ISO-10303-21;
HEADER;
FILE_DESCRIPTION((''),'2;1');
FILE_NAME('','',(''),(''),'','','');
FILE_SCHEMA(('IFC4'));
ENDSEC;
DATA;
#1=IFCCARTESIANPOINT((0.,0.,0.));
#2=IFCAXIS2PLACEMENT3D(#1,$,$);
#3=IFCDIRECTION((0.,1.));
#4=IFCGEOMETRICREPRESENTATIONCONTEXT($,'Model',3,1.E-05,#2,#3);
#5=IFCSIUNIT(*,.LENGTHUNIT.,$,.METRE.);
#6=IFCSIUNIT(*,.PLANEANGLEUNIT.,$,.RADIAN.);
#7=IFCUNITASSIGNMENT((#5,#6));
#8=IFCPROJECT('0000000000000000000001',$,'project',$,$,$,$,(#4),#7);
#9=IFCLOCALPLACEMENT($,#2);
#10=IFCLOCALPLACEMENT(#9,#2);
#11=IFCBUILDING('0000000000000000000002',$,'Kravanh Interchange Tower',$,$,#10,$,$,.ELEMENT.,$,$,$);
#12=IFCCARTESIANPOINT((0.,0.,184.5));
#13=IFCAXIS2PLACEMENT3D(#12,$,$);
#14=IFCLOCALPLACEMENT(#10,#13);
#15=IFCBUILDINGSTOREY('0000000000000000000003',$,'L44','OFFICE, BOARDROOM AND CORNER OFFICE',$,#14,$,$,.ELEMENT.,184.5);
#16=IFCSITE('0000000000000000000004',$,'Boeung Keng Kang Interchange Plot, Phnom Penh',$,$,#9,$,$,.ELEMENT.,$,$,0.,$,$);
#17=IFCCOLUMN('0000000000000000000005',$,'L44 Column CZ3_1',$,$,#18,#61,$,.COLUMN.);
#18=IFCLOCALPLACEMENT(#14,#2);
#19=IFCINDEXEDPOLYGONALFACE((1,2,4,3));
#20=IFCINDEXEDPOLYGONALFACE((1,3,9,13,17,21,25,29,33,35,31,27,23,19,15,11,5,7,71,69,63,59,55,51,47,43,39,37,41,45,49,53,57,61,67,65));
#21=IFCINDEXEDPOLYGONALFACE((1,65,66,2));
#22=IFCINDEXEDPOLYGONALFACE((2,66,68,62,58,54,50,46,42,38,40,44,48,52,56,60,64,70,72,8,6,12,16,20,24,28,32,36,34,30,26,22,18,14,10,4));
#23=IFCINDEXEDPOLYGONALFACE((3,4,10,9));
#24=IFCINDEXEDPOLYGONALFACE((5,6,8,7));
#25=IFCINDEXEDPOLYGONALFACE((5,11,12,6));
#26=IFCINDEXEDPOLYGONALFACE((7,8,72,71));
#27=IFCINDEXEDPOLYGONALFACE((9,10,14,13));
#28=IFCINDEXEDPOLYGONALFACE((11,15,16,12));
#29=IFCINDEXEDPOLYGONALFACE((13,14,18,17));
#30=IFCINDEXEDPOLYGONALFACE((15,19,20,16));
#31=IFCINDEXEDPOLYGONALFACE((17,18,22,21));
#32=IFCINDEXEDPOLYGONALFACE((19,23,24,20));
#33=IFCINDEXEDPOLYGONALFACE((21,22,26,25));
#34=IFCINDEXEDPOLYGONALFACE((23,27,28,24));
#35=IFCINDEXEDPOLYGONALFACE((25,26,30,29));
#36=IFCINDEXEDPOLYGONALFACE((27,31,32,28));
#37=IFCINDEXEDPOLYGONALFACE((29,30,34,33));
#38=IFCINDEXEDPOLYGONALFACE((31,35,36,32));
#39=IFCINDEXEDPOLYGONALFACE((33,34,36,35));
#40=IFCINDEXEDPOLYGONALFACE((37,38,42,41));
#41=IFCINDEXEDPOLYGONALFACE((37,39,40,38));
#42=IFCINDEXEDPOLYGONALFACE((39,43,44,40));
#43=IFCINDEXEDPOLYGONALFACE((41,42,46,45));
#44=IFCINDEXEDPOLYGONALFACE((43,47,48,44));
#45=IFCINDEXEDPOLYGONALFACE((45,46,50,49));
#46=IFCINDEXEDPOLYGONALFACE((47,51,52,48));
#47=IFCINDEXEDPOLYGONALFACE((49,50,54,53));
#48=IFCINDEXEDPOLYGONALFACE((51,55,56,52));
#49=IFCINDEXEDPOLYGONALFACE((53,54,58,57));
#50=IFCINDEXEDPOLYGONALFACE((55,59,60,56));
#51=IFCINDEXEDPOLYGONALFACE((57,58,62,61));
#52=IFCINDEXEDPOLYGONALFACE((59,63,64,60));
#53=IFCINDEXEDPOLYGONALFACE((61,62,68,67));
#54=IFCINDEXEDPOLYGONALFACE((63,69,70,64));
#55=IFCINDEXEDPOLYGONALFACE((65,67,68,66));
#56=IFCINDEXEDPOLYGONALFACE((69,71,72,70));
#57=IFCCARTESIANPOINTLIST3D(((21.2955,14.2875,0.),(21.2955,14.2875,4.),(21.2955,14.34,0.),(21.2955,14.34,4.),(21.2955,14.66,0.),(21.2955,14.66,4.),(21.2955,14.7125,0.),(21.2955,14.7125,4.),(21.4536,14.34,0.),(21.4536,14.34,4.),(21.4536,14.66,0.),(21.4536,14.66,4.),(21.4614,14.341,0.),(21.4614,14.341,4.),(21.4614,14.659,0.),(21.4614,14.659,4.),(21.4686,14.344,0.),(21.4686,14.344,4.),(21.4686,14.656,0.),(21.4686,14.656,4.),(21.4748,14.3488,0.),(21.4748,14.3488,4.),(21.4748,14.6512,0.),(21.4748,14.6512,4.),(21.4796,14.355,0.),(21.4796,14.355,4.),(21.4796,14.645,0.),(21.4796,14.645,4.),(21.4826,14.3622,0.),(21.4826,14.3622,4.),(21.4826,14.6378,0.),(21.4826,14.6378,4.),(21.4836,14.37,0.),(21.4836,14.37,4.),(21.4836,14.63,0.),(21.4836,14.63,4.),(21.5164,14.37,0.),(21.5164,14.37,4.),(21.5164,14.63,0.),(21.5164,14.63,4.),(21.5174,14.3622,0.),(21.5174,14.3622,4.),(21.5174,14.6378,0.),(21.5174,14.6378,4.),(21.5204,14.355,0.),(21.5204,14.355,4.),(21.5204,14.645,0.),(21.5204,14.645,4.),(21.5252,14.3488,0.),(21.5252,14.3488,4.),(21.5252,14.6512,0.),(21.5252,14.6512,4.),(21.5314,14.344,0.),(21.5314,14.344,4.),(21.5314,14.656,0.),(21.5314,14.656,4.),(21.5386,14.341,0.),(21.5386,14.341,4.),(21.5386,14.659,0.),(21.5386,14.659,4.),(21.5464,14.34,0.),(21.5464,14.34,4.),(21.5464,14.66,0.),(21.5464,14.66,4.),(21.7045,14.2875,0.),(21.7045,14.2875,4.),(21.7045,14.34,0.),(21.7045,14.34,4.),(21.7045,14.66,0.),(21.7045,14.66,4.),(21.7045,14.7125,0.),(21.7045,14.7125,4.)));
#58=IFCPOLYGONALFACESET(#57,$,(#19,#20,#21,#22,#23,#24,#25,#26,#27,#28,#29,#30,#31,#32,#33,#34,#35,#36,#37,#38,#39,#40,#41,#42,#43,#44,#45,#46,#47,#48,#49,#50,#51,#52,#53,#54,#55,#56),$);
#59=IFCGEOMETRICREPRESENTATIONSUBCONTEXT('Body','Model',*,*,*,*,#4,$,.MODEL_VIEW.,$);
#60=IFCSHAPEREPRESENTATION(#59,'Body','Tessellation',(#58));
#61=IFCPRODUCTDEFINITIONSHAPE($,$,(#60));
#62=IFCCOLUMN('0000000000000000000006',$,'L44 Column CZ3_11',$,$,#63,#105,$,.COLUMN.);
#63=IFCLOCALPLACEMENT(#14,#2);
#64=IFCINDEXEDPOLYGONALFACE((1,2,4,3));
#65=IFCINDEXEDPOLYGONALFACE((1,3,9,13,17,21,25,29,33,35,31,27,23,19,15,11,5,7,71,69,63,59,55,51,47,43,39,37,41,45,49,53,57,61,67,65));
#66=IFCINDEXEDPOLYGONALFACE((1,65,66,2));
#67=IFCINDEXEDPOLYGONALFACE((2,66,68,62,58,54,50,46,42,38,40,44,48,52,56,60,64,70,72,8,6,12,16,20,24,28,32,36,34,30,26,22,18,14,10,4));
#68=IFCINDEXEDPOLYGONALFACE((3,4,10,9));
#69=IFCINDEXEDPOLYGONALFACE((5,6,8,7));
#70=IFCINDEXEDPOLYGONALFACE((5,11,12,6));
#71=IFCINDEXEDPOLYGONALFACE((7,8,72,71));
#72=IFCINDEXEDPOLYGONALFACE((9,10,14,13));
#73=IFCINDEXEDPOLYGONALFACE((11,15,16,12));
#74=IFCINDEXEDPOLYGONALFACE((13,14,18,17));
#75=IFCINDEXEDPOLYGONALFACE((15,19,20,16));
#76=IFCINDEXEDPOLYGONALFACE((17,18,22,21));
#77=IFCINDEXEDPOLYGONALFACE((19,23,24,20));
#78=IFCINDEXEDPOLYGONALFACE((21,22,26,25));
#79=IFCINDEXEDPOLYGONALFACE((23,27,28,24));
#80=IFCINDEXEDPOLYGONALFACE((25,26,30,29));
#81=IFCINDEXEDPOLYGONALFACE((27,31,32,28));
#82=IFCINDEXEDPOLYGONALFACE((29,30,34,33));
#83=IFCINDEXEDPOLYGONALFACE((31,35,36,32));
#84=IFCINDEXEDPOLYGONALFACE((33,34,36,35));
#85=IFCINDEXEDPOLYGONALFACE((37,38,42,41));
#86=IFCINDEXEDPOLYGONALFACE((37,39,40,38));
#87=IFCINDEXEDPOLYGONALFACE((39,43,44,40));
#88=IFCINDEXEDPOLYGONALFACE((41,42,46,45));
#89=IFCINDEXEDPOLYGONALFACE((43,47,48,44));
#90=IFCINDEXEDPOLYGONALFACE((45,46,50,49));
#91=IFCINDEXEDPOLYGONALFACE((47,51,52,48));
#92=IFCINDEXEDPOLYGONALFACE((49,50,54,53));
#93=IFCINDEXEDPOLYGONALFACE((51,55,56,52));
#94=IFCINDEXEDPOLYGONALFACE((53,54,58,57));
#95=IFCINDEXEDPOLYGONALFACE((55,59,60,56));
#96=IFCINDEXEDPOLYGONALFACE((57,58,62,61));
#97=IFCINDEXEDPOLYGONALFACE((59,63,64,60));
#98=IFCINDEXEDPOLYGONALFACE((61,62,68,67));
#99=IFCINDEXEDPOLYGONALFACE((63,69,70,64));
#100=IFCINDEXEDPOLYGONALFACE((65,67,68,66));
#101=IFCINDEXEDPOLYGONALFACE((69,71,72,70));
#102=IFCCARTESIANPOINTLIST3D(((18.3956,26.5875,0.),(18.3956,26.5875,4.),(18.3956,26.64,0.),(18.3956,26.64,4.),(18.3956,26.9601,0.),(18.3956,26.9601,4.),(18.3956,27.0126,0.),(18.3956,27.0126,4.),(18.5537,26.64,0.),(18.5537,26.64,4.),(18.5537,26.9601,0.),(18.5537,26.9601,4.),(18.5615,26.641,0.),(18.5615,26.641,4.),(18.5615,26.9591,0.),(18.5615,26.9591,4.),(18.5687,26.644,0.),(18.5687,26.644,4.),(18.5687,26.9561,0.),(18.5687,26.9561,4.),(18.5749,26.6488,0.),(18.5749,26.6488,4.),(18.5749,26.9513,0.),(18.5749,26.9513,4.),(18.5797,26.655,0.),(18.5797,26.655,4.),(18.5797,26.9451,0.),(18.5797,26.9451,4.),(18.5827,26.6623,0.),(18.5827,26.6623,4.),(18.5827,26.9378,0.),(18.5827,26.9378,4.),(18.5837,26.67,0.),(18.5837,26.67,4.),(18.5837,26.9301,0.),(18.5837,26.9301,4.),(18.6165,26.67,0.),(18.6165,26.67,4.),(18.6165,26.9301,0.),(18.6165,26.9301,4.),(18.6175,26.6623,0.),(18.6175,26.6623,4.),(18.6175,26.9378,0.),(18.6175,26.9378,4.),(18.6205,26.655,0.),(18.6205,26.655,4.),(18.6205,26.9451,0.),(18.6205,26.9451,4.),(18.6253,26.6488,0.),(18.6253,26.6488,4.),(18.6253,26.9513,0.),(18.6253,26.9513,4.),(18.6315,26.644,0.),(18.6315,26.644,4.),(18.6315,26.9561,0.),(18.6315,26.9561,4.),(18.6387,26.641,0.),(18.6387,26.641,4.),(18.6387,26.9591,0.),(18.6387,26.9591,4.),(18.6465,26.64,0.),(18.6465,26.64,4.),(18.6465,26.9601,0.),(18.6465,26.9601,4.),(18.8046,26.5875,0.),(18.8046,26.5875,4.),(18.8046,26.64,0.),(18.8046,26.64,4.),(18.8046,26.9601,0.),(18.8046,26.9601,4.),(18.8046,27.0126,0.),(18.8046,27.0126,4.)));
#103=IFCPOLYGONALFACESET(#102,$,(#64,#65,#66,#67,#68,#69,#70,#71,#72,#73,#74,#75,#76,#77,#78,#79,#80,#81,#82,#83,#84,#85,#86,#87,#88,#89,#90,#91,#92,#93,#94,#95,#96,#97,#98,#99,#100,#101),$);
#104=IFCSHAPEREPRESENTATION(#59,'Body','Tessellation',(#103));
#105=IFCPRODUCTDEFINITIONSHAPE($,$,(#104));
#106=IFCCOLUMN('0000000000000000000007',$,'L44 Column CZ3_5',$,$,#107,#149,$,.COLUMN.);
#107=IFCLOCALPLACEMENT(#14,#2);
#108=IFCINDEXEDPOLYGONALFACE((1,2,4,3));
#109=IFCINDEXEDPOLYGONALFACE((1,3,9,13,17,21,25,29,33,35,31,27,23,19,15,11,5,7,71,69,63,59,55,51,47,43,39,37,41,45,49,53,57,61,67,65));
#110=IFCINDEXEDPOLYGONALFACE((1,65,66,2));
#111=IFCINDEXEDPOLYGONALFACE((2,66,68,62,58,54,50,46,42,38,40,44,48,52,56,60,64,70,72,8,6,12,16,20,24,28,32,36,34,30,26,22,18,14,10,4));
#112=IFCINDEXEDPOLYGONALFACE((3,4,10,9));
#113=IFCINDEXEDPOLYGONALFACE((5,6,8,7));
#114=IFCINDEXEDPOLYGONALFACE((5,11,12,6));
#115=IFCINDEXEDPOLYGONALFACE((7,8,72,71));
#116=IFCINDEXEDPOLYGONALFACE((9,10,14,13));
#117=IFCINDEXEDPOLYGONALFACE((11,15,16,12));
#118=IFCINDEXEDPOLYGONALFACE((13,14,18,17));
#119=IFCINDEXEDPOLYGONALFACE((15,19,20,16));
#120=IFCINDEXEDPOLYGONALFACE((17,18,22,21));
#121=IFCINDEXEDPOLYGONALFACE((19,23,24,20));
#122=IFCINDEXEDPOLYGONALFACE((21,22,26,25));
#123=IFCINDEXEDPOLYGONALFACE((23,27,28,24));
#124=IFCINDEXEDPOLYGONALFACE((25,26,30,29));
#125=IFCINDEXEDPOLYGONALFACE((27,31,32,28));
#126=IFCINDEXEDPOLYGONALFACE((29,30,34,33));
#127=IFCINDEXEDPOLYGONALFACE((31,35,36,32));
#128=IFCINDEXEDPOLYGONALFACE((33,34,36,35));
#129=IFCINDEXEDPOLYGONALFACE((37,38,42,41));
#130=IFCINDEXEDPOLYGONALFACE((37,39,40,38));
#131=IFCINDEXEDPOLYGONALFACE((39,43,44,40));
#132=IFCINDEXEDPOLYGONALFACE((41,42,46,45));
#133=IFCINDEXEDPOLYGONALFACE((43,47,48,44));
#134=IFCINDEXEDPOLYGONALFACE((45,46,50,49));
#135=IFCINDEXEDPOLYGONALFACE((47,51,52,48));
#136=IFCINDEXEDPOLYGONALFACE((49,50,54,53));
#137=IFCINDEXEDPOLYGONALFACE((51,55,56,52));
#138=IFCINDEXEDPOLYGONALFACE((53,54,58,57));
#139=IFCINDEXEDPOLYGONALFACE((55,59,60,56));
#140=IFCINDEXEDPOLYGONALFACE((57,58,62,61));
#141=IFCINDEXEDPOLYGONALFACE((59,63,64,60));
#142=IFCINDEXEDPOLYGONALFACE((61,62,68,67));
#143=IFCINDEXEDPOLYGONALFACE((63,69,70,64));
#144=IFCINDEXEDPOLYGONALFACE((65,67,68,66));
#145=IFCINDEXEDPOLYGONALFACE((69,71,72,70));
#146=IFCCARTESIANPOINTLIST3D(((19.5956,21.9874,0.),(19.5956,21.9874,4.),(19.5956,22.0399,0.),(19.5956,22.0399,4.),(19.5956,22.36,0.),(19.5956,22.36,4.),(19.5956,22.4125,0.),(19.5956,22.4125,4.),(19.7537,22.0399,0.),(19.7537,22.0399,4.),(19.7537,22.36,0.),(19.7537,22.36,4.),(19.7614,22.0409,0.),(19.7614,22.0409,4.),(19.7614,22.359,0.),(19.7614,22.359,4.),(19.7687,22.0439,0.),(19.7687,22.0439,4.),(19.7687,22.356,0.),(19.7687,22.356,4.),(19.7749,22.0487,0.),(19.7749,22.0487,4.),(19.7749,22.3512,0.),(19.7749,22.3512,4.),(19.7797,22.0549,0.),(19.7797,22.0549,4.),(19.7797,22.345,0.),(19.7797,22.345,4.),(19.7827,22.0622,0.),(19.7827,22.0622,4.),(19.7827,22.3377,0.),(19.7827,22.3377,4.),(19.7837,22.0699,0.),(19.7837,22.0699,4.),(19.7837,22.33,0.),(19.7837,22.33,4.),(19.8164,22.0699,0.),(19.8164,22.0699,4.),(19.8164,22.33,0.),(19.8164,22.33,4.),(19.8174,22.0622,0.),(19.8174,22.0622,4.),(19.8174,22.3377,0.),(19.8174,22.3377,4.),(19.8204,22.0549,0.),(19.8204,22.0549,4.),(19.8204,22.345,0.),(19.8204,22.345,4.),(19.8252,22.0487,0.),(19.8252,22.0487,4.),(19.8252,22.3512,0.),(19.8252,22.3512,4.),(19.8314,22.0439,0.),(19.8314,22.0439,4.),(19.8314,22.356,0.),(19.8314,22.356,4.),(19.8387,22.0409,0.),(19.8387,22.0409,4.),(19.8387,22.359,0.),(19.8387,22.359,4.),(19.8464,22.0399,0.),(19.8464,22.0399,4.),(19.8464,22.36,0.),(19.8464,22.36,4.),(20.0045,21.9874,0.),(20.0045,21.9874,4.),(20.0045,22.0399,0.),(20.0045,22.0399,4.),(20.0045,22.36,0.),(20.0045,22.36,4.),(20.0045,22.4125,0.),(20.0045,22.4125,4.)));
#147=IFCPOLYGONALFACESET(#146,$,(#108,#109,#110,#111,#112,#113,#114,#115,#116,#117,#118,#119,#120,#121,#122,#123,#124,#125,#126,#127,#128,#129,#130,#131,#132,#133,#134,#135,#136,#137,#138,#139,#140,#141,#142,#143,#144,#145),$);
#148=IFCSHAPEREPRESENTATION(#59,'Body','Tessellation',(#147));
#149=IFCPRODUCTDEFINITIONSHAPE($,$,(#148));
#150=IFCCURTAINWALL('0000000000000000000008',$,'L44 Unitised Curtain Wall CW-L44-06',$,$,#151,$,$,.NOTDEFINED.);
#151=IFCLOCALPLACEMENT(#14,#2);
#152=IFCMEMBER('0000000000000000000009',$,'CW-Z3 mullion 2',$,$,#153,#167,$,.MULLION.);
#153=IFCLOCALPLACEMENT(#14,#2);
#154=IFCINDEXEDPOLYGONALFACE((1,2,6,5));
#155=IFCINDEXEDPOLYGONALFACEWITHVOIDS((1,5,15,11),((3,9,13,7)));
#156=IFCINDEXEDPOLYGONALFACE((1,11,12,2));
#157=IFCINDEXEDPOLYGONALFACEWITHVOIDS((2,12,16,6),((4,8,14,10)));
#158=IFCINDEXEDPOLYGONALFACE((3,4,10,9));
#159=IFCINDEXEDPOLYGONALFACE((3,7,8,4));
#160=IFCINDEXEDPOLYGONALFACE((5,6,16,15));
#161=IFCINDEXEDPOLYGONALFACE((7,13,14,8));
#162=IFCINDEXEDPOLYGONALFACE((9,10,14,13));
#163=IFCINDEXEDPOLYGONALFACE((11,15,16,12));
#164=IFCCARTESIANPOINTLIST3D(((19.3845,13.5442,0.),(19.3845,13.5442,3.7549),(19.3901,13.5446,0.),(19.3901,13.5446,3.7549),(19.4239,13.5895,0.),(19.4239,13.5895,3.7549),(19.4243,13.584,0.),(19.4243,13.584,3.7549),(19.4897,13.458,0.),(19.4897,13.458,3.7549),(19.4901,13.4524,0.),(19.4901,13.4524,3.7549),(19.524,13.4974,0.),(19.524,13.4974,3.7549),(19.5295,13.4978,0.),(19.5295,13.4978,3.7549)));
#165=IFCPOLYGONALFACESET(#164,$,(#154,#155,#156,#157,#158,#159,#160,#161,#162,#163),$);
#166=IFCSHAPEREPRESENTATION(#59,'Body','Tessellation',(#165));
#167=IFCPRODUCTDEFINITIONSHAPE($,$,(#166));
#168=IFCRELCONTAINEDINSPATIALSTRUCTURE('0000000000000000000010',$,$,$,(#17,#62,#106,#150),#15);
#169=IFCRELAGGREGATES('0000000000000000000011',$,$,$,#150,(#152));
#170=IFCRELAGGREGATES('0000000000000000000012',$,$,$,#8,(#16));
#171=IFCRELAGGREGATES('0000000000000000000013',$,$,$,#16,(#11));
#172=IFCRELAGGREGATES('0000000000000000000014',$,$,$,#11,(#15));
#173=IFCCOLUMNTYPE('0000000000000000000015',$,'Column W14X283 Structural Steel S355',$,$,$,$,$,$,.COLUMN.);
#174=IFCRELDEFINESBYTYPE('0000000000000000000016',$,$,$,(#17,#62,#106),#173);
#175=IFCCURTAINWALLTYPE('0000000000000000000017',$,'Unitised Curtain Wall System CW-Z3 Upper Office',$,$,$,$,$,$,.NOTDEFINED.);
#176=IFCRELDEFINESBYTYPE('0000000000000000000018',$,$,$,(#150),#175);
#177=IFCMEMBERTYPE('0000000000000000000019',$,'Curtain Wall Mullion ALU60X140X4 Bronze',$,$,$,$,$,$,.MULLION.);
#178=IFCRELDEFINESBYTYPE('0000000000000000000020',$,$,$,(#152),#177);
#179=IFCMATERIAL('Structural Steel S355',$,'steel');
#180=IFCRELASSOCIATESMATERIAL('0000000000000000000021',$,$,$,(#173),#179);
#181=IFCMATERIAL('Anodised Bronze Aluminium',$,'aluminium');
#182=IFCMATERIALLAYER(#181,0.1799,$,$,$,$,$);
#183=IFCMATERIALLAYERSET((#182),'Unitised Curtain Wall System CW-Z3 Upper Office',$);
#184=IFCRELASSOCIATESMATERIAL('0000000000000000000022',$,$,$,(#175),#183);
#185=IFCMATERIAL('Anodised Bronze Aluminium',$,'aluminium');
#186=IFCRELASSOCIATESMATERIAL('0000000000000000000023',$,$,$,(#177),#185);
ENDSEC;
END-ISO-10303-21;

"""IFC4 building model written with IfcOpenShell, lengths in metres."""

from ifc_helpers import new_model, si_unit, direction, frame, origin, origin_2d, place, context, subcontext, project, spatial, hollow_rectangle, i_section, extrude, material, layer, layer_set, material_profile, profile_set, type_object, element, aggregate, save


model = new_model("IFC4")

# Units and contexts
model_context = context("Model", 3, precision=1e-05, world=origin(), true_north=direction((0.0, 1.0)))
body_context = subcontext(model_context, "Body", "Model", "MODEL_VIEW")
ifc_project = project(units=[si_unit("LENGTHUNIT", "METRE"), si_unit("PLANEANGLEUNIT", "RADIAN")], contexts=[model_context])

# Site, building, storey
site_placement = place(None, origin())
site = spatial("IfcSite", under=ifc_project, at=site_placement, Name="Boeung Keng Kang Interchange Plot, Phnom Penh", CompositionType="ELEMENT", RefElevation=0.0)
building_placement = place(site_placement, origin())
building = spatial("IfcBuilding", under=site, at=building_placement, Name="Kravanh Interchange Tower", CompositionType="ELEMENT")
storey_placement = place(building_placement, frame((0.0, 0.0, 184.5)))
storey = spatial("IfcBuildingStorey", under=building, at=storey_placement, Name="L44", Description="OFFICE, BOARDROOM AND CORNER OFFICE", CompositionType="ELEMENT", Elevation=184.5)

# Columns
ifc_material_1 = material(Name="Structural Steel S355", Category="steel")
ifc_material_profile_1 = material_profile(ifc_material_1, i_section(OverallWidth=0.4089, OverallDepth=0.425, WebThickness=0.0327, FlangeThickness=0.0525, FilletRadius=0.03, at=origin_2d()), Name="W14X283")
ifc_profile_set_1 = profile_set([ifc_material_profile_1], Name="Structural Steel S355")
column_type = type_object("IfcColumnType", Name="Column W14X283 Structural Steel S355", PredefinedType="COLUMN", material=ifc_profile_set_1)
for number, where, z_axis, x_axis, name in (
    (1, (21.5, 14.5, 0.0), (0.0, 0.0, 1.0), (1.0, 0.0, 0.0), "L44 Column CZ3_1"),
    (2, (18.6001, 26.8, 0.0), (0.0, 0.0, 1.0), (1.0, 0.0, 0.0), "L44 Column CZ3_11"),
    (3, (19.8, 22.2, 0.0), (0.0, 0.0, 1.0), (1.0, 0.0, 0.0), "L44 Column CZ3_5"),
):
    element("IfcColumn", number, at=place(storey_placement, frame(where, z_axis=z_axis, x_axis=x_axis)), inside=storey, type_object=column_type, Name=name, PredefinedType="COLUMN", context=body_context, shape_type="SweptSolid", body=[
        extrude(i_section(OverallWidth=0.4089, OverallDepth=0.425, WebThickness=0.0327, FlangeThickness=0.0525, FilletRadius=0.03, at=origin_2d()), origin(), (0.0, 0.0, 1.0), 4.0),
    ])

# Curtain wall, member
ifc_material_2 = material(Name="Anodised Bronze Aluminium", Category="aluminium")
ifc_layer_1 = layer(ifc_material_2, 0.1799)
ifc_layer_set_1 = layer_set([ifc_layer_1], Name="Unitised Curtain Wall System CW-Z3 Upper Office")
curtain_wall_type = type_object("IfcCurtainWallType", Name="Unitised Curtain Wall System CW-Z3 Upper Office", PredefinedType="NOTDEFINED", material=ifc_layer_set_1)
curtain_wall_placement = place(storey_placement, origin())
curtain_wall = element("IfcCurtainWall", 4, at=curtain_wall_placement, inside=storey, type_object=curtain_wall_type, Name="L44 Unitised Curtain Wall CW-L44-06", PredefinedType="NOTDEFINED")
ifc_material_3 = material(Name="Anodised Bronze Aluminium", Category="aluminium")
ifc_material_profile_2 = material_profile(ifc_material_3, hollow_rectangle(XDim=0.0601, YDim=0.1399, WallThickness=0.0039, at=origin_2d()), Name="ALU60X140X4")
ifc_profile_set_2 = profile_set([ifc_material_profile_2], Name="Anodised Bronze Aluminium")
member_type = type_object("IfcMemberType", Name="Curtain Wall Mullion ALU60X140X4 Bronze", PredefinedType="MULLION", material=ifc_profile_set_2)
member_placement = place(storey_placement, frame((19.457, 13.521, 0.0), z_axis=(0.0, 0.0, 1.0), x_axis=(-0.656051, -0.754717, 0.0)))
member = element("IfcMember", 5, at=member_placement, type_object=member_type, Name="CW-Z3 mullion 2", PredefinedType="MULLION", context=body_context, shape_type="SweptSolid", body=[
    extrude(hollow_rectangle(XDim=0.0601, YDim=0.1399, WallThickness=0.0039, at=origin_2d()), origin(), (0.0, 0.0, 1.0), 3.7549),
])
aggregate(curtain_wall, [member])

save(model, "model.ifc")
